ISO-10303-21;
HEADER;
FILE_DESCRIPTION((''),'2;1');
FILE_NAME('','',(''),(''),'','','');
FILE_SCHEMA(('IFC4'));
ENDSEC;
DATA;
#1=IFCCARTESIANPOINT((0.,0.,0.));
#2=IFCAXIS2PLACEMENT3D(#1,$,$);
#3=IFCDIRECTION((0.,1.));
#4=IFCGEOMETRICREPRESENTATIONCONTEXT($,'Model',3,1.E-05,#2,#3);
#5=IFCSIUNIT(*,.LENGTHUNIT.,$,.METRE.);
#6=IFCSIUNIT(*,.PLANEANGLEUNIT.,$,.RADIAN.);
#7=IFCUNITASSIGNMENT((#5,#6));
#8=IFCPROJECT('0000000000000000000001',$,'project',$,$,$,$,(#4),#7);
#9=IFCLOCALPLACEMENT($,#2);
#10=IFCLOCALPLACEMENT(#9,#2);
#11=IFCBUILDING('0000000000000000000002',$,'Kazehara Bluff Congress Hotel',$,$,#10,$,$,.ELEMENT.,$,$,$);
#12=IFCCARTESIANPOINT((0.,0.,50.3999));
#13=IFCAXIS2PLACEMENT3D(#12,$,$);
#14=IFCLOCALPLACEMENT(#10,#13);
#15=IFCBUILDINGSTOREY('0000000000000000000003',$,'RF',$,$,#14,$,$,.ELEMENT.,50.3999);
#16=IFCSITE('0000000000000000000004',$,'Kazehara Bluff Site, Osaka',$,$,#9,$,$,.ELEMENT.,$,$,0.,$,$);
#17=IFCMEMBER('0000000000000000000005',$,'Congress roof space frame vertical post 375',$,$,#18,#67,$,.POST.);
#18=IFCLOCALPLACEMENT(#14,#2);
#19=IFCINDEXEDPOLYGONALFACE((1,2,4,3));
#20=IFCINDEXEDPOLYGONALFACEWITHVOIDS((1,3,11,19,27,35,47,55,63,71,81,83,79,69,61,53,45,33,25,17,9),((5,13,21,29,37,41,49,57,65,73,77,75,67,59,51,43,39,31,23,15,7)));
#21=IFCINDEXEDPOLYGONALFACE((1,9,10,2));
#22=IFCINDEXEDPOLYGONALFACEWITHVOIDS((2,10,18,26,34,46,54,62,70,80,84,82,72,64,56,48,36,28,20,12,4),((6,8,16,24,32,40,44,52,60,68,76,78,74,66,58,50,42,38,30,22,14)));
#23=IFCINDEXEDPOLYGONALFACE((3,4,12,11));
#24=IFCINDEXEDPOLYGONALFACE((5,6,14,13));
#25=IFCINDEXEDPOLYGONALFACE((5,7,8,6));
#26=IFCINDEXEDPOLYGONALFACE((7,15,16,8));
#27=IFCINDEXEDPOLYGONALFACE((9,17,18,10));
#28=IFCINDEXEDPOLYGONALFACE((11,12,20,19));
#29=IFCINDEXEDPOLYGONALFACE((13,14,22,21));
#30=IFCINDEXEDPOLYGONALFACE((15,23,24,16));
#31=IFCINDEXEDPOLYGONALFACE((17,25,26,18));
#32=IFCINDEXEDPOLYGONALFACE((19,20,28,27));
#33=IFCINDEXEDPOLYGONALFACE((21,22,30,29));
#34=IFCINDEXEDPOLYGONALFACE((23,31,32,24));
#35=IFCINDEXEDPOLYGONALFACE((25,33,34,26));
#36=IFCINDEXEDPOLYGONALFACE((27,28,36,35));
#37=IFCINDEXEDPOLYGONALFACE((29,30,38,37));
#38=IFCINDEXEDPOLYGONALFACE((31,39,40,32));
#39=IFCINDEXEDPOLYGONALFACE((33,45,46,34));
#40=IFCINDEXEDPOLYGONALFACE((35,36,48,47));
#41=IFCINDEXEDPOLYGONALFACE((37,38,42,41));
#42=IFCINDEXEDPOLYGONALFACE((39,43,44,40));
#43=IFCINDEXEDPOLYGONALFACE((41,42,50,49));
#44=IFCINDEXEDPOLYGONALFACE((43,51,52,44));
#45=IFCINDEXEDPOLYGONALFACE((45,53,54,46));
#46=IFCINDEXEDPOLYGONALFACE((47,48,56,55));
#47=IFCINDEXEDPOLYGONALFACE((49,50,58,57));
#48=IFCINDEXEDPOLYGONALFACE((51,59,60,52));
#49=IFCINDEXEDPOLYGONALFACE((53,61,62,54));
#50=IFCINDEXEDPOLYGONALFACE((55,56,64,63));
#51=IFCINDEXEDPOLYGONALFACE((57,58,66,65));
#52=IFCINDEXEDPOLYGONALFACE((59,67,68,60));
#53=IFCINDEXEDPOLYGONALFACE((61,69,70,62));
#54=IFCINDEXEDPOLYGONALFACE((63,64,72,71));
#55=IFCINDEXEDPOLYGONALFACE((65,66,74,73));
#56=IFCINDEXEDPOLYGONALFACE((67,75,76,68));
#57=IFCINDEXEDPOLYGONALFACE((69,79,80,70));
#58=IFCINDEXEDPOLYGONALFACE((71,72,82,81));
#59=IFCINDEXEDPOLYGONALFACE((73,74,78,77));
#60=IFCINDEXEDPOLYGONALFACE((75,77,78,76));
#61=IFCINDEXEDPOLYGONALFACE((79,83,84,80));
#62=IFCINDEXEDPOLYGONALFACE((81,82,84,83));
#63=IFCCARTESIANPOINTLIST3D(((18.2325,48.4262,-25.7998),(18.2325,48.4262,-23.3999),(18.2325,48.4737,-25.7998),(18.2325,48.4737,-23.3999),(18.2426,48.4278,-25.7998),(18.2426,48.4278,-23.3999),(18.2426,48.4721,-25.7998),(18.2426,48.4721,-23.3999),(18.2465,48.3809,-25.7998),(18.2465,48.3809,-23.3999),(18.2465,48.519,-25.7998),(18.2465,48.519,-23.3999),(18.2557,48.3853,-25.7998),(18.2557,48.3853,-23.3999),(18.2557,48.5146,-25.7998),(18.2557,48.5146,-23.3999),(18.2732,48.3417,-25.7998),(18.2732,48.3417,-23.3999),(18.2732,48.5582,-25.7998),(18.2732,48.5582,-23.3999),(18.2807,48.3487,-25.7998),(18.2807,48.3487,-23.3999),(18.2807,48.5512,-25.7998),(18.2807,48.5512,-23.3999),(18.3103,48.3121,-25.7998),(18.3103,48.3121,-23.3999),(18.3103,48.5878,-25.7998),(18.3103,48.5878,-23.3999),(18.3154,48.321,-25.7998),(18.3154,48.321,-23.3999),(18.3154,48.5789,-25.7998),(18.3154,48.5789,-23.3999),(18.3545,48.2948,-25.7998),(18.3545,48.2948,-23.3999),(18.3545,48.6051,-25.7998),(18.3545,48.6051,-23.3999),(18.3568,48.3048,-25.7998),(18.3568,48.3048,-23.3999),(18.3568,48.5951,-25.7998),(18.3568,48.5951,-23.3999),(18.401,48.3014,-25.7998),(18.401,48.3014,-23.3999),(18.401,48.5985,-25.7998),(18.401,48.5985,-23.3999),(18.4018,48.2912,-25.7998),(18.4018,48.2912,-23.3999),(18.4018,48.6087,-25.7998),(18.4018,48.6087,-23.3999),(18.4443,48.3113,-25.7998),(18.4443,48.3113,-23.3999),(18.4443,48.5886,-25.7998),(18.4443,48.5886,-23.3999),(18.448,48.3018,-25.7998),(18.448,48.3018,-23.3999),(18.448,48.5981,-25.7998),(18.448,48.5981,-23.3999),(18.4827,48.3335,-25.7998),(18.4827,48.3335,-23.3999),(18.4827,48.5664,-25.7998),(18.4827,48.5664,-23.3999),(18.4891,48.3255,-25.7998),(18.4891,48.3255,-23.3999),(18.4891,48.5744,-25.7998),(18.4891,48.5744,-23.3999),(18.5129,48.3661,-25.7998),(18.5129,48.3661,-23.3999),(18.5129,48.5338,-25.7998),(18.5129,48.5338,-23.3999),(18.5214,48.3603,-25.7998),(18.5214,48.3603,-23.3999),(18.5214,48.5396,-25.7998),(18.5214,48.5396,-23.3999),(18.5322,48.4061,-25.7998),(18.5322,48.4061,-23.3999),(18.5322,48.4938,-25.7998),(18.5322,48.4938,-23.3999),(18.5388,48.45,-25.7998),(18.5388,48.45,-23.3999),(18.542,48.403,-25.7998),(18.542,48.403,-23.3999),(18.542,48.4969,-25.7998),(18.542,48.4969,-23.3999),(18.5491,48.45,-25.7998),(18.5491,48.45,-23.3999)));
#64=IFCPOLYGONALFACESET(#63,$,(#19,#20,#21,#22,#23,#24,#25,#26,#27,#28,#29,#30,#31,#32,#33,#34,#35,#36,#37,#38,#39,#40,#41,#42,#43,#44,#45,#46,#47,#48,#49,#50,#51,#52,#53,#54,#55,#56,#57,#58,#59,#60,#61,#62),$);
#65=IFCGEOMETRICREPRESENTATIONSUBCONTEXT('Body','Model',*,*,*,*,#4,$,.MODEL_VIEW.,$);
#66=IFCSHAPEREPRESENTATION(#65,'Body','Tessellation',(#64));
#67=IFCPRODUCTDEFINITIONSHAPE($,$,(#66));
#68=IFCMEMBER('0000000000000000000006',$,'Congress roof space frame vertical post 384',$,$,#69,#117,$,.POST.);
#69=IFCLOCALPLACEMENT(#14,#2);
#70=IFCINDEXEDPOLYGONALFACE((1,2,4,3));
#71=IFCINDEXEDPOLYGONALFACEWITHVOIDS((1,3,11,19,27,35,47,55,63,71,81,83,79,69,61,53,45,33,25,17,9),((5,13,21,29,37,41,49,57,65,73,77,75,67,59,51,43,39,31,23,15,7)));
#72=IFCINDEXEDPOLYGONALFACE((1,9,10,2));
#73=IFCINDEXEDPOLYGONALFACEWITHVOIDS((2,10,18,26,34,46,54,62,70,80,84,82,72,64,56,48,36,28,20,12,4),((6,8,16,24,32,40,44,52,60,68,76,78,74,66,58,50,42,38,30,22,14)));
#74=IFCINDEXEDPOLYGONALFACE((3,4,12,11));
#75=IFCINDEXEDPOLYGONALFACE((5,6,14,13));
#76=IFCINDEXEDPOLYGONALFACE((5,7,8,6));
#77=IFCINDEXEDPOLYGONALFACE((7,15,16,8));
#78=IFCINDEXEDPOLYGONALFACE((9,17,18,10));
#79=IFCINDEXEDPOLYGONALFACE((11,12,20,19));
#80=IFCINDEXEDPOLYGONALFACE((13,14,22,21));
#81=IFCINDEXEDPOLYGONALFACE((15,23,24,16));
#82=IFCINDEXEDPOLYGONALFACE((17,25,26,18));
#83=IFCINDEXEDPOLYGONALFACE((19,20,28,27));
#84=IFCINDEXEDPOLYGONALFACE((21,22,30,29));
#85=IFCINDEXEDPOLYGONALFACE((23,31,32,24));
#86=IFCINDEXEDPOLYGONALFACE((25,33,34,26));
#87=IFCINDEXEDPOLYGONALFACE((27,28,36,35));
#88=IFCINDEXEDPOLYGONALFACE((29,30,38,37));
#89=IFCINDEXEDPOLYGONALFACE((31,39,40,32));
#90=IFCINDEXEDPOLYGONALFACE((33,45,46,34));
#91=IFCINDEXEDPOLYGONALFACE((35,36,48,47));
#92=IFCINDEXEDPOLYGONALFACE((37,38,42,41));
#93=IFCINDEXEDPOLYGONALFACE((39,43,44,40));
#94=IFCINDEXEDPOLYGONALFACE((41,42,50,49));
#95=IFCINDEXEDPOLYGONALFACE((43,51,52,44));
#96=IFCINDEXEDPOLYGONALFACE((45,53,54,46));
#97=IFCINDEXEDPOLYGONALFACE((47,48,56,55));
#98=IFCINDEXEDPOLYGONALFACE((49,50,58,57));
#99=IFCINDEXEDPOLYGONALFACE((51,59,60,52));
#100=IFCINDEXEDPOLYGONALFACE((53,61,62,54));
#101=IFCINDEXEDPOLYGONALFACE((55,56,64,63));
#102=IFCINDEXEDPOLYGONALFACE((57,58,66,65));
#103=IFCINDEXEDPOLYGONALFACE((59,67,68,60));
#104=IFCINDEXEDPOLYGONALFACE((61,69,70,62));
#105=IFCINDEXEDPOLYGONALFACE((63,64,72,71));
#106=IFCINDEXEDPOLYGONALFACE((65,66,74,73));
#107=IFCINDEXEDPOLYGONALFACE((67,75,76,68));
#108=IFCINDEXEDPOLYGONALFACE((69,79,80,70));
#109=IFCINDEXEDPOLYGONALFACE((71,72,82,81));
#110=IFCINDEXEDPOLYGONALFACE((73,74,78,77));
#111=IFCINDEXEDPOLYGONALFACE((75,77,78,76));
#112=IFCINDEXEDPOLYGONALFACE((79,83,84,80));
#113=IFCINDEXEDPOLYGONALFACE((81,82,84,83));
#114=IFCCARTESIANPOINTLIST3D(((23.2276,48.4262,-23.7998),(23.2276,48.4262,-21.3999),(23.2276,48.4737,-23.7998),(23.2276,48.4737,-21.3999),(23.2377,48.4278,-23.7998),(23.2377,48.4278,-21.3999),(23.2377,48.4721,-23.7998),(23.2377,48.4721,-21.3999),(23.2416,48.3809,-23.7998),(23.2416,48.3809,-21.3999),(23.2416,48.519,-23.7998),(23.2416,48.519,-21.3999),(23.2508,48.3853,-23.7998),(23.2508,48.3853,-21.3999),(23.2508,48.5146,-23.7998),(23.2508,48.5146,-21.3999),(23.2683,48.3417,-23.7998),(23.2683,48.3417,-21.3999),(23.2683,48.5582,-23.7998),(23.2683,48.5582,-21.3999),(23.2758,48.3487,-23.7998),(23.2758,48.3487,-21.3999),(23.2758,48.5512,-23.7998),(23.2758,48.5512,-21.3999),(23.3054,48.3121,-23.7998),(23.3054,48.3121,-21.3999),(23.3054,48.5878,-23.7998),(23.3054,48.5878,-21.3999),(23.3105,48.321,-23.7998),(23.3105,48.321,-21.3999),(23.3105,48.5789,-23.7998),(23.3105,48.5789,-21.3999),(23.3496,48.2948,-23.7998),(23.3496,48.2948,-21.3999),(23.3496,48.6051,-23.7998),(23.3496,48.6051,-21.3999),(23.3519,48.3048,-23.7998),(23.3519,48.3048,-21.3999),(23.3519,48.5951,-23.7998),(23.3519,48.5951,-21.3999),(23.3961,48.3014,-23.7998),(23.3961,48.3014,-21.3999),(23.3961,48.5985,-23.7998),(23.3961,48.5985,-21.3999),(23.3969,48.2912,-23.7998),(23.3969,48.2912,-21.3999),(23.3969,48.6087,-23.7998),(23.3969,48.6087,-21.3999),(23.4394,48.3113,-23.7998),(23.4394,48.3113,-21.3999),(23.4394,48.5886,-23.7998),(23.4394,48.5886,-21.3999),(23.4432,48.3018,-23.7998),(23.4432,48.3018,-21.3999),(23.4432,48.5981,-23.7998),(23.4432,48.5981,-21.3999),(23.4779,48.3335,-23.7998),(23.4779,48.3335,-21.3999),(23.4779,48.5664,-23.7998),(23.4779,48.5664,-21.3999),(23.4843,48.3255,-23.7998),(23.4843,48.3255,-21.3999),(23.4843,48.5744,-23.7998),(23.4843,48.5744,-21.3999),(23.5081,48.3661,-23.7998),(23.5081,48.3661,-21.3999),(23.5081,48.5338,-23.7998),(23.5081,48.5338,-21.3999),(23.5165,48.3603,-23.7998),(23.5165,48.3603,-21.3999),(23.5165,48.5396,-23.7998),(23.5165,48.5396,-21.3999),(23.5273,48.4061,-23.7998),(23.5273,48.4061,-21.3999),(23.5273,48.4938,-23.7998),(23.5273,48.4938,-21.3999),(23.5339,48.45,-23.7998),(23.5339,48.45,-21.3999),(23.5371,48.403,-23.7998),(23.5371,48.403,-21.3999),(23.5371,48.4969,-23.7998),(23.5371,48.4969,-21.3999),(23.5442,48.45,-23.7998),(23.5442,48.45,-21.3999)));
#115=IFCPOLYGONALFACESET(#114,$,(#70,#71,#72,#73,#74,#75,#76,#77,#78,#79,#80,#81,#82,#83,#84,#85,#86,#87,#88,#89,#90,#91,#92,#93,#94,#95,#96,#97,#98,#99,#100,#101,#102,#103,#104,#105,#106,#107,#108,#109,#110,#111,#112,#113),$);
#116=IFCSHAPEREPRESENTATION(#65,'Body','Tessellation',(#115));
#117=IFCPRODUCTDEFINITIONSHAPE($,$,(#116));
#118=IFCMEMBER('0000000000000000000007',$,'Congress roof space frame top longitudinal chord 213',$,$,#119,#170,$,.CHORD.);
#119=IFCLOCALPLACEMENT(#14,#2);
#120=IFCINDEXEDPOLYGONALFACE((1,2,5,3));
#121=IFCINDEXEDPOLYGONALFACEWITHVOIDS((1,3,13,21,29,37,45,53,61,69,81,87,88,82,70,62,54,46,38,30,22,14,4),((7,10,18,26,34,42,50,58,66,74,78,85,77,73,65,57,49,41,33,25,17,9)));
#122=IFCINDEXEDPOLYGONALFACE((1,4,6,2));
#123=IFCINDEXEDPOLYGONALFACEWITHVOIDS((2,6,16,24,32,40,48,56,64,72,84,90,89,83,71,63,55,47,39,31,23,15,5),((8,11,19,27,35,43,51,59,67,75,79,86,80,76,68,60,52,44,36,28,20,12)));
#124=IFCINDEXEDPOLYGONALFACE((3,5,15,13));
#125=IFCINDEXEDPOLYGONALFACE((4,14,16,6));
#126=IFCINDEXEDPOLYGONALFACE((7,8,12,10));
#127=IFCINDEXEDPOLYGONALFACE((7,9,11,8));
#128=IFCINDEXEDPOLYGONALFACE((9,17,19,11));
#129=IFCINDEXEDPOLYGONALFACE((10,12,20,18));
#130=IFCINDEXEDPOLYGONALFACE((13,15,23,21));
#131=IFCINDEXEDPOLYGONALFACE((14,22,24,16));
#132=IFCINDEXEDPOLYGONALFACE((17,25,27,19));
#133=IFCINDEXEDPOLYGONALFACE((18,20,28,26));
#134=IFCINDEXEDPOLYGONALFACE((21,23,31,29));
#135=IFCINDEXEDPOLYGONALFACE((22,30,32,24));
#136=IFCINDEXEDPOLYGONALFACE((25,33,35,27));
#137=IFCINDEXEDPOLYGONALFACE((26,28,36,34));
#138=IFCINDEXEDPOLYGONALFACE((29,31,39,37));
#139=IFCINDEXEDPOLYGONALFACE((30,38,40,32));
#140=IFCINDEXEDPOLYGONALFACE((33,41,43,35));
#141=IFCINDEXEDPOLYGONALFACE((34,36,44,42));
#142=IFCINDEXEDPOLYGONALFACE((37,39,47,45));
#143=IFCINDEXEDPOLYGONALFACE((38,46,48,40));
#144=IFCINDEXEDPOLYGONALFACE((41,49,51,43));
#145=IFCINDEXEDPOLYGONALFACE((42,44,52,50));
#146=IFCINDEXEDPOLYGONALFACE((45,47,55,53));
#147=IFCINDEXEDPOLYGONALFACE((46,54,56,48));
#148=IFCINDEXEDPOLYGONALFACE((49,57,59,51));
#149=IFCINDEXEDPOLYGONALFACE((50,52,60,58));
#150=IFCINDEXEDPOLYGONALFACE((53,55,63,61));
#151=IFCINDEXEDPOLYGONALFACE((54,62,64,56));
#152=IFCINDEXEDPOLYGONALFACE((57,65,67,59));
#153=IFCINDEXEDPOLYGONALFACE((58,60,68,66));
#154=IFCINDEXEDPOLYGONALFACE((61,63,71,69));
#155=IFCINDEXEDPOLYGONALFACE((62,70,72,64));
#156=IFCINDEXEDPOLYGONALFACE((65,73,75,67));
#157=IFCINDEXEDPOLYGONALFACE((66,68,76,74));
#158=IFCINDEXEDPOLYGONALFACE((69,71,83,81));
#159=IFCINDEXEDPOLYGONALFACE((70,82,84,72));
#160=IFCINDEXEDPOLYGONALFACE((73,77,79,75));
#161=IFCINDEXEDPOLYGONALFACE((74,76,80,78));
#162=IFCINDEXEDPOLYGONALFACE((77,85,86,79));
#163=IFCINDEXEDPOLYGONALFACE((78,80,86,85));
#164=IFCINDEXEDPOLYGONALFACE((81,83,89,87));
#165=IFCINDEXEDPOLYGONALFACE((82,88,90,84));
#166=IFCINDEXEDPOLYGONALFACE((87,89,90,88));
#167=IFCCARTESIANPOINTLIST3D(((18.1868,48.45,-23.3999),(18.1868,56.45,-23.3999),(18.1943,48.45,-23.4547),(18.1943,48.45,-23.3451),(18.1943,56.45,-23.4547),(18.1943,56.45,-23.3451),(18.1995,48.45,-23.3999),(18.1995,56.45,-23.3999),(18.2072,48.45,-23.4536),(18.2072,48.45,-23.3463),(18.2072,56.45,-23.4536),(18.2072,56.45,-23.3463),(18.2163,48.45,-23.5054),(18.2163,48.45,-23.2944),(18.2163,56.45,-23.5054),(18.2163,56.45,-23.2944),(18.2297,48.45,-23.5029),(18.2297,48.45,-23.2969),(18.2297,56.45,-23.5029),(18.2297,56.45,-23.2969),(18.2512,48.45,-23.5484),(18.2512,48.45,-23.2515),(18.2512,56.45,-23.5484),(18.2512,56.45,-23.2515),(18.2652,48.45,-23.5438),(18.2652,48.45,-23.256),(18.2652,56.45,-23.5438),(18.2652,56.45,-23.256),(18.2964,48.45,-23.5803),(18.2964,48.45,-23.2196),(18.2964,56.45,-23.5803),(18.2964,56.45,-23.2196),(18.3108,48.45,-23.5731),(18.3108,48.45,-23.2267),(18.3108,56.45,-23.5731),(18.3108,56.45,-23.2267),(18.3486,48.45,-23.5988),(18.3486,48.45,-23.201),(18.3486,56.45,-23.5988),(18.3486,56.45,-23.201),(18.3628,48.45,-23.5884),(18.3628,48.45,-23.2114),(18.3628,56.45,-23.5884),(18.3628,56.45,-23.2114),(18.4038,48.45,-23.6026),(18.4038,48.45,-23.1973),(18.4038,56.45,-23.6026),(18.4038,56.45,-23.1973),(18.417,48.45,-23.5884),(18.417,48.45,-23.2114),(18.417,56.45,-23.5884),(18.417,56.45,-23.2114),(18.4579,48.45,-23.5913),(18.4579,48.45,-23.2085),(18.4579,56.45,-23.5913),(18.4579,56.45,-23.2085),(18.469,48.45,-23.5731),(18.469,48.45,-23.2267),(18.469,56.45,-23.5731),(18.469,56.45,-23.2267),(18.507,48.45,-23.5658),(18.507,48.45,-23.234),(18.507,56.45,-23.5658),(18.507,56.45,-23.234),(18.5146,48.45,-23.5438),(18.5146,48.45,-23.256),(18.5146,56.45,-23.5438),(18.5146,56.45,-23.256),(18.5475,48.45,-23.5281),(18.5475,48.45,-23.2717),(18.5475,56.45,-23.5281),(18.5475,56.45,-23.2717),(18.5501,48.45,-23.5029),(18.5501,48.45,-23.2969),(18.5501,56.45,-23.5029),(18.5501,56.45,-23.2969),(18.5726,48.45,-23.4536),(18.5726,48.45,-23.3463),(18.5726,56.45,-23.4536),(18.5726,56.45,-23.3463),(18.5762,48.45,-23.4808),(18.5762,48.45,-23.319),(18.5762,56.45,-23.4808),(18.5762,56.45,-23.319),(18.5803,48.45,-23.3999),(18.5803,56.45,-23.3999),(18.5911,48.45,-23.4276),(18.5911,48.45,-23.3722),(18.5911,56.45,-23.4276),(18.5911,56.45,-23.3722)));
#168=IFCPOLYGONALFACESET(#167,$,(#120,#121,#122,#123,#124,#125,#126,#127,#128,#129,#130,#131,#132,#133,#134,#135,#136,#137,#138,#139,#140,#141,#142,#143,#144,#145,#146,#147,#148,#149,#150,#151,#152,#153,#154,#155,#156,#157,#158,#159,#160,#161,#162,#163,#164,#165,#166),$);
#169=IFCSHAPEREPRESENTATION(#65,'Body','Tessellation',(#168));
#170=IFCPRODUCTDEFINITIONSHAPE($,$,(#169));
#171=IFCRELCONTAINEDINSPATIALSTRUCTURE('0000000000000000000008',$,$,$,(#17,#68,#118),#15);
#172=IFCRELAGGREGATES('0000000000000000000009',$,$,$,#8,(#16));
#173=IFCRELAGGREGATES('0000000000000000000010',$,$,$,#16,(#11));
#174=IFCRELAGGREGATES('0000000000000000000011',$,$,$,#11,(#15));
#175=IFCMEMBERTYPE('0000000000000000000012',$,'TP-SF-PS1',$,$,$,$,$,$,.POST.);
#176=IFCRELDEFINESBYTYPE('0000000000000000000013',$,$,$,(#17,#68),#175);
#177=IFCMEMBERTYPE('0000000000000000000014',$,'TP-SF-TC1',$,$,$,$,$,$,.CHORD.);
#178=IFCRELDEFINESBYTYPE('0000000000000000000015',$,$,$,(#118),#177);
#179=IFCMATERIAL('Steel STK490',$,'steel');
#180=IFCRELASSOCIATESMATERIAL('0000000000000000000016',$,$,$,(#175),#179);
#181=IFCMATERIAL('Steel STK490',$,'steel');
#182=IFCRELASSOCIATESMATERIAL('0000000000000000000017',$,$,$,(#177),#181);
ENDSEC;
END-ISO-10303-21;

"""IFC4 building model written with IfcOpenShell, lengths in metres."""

from ifc_helpers import new_model, si_unit, direction, frame, origin, origin_2d, place, context, subcontext, project, spatial, hollow_circle, extrude, material, material_profile, profile_set, type_object, element, save


model = new_model("IFC4")

# Units and contexts
model_context = context("Model", 3, precision=1e-05, world=origin(), true_north=direction((0.0, 1.0)))
body_context = subcontext(model_context, "Body", "Model", "MODEL_VIEW")
ifc_project = project(units=[si_unit("LENGTHUNIT", "METRE"), si_unit("PLANEANGLEUNIT", "RADIAN")], contexts=[model_context])

# Site, building, storey
site_placement = place(None, origin())
site = spatial("IfcSite", under=ifc_project, at=site_placement, Name="Kazehara Bluff Site, Osaka", CompositionType="ELEMENT", RefElevation=0.0)
building_placement = place(site_placement, origin())
building = spatial("IfcBuilding", under=site, at=building_placement, Name="Kazehara Bluff Congress Hotel", CompositionType="ELEMENT")
storey_placement = place(building_placement, frame((0.0, 0.0, 50.3999)))
storey = spatial("IfcBuildingStorey", under=building, at=storey_placement, Name="RF", CompositionType="ELEMENT", Elevation=50.3999)

# Members
ifc_material_1 = material(Name="Steel STK490", Category="steel")
ifc_material_profile_1 = material_profile(ifc_material_1, hollow_circle(Radius=0.1592, WallThickness=0.0103, at=origin_2d()))
ifc_profile_set_1 = profile_set([ifc_material_profile_1], Name="Steel STK490")
member_type_1 = type_object("IfcMemberType", Name="TP-SF-PS1", PredefinedType="POST", material=ifc_profile_set_1)
for number, where, z_axis, x_axis, name in (
    (1, (18.3899, 48.45, -25.7998), (0.0, 0.0, 1.0), (1.0, 0.0, 0.0), "Congress roof space frame vertical post 375"),
    (2, (23.385, 48.45, -23.7998), (0.0, 0.0, 1.0), (1.0, 0.0, 0.0), "Congress roof space frame vertical post 384"),
):
    element("IfcMember", number, at=place(storey_placement, frame(where, z_axis=z_axis, x_axis=x_axis)), inside=storey, type_object=member_type_1, Name=name, PredefinedType="POST", context=body_context, shape_type="SweptSolid", body=[
        extrude(hollow_circle(Radius=0.1592, WallThickness=0.0103, at=origin_2d()), origin(), (0.0, 0.0, 1.0), 2.3999),
    ])
ifc_material_2 = material(Name="Steel STK490", Category="steel")
ifc_material_profile_2 = material_profile(ifc_material_2, hollow_circle(Radius=0.2031, WallThickness=0.0127, at=origin_2d()))
ifc_profile_set_2 = profile_set([ifc_material_profile_2], Name="Steel STK490")
member_type_2 = type_object("IfcMemberType", Name="TP-SF-TC1", PredefinedType="CHORD", material=ifc_profile_set_2)
for number, where, z_axis, x_axis, name in (
    (3, (18.3899, 48.45, -23.3999), (0.0, 1.0, 0.0), (-1.0, 0.0, 0.0), "Congress roof space frame top longitudinal chord 213"),
):
    element("IfcMember", number, at=place(storey_placement, frame(where, z_axis=z_axis, x_axis=x_axis)), inside=storey, type_object=member_type_2, Name=name, PredefinedType="CHORD", context=body_context, shape_type="SweptSolid", body=[
        extrude(hollow_circle(Radius=0.2031, WallThickness=0.0127, at=origin_2d()), origin(), (0.0, 0.0, 1.0), 8.0),
    ])

save(model, "model.ifc")
